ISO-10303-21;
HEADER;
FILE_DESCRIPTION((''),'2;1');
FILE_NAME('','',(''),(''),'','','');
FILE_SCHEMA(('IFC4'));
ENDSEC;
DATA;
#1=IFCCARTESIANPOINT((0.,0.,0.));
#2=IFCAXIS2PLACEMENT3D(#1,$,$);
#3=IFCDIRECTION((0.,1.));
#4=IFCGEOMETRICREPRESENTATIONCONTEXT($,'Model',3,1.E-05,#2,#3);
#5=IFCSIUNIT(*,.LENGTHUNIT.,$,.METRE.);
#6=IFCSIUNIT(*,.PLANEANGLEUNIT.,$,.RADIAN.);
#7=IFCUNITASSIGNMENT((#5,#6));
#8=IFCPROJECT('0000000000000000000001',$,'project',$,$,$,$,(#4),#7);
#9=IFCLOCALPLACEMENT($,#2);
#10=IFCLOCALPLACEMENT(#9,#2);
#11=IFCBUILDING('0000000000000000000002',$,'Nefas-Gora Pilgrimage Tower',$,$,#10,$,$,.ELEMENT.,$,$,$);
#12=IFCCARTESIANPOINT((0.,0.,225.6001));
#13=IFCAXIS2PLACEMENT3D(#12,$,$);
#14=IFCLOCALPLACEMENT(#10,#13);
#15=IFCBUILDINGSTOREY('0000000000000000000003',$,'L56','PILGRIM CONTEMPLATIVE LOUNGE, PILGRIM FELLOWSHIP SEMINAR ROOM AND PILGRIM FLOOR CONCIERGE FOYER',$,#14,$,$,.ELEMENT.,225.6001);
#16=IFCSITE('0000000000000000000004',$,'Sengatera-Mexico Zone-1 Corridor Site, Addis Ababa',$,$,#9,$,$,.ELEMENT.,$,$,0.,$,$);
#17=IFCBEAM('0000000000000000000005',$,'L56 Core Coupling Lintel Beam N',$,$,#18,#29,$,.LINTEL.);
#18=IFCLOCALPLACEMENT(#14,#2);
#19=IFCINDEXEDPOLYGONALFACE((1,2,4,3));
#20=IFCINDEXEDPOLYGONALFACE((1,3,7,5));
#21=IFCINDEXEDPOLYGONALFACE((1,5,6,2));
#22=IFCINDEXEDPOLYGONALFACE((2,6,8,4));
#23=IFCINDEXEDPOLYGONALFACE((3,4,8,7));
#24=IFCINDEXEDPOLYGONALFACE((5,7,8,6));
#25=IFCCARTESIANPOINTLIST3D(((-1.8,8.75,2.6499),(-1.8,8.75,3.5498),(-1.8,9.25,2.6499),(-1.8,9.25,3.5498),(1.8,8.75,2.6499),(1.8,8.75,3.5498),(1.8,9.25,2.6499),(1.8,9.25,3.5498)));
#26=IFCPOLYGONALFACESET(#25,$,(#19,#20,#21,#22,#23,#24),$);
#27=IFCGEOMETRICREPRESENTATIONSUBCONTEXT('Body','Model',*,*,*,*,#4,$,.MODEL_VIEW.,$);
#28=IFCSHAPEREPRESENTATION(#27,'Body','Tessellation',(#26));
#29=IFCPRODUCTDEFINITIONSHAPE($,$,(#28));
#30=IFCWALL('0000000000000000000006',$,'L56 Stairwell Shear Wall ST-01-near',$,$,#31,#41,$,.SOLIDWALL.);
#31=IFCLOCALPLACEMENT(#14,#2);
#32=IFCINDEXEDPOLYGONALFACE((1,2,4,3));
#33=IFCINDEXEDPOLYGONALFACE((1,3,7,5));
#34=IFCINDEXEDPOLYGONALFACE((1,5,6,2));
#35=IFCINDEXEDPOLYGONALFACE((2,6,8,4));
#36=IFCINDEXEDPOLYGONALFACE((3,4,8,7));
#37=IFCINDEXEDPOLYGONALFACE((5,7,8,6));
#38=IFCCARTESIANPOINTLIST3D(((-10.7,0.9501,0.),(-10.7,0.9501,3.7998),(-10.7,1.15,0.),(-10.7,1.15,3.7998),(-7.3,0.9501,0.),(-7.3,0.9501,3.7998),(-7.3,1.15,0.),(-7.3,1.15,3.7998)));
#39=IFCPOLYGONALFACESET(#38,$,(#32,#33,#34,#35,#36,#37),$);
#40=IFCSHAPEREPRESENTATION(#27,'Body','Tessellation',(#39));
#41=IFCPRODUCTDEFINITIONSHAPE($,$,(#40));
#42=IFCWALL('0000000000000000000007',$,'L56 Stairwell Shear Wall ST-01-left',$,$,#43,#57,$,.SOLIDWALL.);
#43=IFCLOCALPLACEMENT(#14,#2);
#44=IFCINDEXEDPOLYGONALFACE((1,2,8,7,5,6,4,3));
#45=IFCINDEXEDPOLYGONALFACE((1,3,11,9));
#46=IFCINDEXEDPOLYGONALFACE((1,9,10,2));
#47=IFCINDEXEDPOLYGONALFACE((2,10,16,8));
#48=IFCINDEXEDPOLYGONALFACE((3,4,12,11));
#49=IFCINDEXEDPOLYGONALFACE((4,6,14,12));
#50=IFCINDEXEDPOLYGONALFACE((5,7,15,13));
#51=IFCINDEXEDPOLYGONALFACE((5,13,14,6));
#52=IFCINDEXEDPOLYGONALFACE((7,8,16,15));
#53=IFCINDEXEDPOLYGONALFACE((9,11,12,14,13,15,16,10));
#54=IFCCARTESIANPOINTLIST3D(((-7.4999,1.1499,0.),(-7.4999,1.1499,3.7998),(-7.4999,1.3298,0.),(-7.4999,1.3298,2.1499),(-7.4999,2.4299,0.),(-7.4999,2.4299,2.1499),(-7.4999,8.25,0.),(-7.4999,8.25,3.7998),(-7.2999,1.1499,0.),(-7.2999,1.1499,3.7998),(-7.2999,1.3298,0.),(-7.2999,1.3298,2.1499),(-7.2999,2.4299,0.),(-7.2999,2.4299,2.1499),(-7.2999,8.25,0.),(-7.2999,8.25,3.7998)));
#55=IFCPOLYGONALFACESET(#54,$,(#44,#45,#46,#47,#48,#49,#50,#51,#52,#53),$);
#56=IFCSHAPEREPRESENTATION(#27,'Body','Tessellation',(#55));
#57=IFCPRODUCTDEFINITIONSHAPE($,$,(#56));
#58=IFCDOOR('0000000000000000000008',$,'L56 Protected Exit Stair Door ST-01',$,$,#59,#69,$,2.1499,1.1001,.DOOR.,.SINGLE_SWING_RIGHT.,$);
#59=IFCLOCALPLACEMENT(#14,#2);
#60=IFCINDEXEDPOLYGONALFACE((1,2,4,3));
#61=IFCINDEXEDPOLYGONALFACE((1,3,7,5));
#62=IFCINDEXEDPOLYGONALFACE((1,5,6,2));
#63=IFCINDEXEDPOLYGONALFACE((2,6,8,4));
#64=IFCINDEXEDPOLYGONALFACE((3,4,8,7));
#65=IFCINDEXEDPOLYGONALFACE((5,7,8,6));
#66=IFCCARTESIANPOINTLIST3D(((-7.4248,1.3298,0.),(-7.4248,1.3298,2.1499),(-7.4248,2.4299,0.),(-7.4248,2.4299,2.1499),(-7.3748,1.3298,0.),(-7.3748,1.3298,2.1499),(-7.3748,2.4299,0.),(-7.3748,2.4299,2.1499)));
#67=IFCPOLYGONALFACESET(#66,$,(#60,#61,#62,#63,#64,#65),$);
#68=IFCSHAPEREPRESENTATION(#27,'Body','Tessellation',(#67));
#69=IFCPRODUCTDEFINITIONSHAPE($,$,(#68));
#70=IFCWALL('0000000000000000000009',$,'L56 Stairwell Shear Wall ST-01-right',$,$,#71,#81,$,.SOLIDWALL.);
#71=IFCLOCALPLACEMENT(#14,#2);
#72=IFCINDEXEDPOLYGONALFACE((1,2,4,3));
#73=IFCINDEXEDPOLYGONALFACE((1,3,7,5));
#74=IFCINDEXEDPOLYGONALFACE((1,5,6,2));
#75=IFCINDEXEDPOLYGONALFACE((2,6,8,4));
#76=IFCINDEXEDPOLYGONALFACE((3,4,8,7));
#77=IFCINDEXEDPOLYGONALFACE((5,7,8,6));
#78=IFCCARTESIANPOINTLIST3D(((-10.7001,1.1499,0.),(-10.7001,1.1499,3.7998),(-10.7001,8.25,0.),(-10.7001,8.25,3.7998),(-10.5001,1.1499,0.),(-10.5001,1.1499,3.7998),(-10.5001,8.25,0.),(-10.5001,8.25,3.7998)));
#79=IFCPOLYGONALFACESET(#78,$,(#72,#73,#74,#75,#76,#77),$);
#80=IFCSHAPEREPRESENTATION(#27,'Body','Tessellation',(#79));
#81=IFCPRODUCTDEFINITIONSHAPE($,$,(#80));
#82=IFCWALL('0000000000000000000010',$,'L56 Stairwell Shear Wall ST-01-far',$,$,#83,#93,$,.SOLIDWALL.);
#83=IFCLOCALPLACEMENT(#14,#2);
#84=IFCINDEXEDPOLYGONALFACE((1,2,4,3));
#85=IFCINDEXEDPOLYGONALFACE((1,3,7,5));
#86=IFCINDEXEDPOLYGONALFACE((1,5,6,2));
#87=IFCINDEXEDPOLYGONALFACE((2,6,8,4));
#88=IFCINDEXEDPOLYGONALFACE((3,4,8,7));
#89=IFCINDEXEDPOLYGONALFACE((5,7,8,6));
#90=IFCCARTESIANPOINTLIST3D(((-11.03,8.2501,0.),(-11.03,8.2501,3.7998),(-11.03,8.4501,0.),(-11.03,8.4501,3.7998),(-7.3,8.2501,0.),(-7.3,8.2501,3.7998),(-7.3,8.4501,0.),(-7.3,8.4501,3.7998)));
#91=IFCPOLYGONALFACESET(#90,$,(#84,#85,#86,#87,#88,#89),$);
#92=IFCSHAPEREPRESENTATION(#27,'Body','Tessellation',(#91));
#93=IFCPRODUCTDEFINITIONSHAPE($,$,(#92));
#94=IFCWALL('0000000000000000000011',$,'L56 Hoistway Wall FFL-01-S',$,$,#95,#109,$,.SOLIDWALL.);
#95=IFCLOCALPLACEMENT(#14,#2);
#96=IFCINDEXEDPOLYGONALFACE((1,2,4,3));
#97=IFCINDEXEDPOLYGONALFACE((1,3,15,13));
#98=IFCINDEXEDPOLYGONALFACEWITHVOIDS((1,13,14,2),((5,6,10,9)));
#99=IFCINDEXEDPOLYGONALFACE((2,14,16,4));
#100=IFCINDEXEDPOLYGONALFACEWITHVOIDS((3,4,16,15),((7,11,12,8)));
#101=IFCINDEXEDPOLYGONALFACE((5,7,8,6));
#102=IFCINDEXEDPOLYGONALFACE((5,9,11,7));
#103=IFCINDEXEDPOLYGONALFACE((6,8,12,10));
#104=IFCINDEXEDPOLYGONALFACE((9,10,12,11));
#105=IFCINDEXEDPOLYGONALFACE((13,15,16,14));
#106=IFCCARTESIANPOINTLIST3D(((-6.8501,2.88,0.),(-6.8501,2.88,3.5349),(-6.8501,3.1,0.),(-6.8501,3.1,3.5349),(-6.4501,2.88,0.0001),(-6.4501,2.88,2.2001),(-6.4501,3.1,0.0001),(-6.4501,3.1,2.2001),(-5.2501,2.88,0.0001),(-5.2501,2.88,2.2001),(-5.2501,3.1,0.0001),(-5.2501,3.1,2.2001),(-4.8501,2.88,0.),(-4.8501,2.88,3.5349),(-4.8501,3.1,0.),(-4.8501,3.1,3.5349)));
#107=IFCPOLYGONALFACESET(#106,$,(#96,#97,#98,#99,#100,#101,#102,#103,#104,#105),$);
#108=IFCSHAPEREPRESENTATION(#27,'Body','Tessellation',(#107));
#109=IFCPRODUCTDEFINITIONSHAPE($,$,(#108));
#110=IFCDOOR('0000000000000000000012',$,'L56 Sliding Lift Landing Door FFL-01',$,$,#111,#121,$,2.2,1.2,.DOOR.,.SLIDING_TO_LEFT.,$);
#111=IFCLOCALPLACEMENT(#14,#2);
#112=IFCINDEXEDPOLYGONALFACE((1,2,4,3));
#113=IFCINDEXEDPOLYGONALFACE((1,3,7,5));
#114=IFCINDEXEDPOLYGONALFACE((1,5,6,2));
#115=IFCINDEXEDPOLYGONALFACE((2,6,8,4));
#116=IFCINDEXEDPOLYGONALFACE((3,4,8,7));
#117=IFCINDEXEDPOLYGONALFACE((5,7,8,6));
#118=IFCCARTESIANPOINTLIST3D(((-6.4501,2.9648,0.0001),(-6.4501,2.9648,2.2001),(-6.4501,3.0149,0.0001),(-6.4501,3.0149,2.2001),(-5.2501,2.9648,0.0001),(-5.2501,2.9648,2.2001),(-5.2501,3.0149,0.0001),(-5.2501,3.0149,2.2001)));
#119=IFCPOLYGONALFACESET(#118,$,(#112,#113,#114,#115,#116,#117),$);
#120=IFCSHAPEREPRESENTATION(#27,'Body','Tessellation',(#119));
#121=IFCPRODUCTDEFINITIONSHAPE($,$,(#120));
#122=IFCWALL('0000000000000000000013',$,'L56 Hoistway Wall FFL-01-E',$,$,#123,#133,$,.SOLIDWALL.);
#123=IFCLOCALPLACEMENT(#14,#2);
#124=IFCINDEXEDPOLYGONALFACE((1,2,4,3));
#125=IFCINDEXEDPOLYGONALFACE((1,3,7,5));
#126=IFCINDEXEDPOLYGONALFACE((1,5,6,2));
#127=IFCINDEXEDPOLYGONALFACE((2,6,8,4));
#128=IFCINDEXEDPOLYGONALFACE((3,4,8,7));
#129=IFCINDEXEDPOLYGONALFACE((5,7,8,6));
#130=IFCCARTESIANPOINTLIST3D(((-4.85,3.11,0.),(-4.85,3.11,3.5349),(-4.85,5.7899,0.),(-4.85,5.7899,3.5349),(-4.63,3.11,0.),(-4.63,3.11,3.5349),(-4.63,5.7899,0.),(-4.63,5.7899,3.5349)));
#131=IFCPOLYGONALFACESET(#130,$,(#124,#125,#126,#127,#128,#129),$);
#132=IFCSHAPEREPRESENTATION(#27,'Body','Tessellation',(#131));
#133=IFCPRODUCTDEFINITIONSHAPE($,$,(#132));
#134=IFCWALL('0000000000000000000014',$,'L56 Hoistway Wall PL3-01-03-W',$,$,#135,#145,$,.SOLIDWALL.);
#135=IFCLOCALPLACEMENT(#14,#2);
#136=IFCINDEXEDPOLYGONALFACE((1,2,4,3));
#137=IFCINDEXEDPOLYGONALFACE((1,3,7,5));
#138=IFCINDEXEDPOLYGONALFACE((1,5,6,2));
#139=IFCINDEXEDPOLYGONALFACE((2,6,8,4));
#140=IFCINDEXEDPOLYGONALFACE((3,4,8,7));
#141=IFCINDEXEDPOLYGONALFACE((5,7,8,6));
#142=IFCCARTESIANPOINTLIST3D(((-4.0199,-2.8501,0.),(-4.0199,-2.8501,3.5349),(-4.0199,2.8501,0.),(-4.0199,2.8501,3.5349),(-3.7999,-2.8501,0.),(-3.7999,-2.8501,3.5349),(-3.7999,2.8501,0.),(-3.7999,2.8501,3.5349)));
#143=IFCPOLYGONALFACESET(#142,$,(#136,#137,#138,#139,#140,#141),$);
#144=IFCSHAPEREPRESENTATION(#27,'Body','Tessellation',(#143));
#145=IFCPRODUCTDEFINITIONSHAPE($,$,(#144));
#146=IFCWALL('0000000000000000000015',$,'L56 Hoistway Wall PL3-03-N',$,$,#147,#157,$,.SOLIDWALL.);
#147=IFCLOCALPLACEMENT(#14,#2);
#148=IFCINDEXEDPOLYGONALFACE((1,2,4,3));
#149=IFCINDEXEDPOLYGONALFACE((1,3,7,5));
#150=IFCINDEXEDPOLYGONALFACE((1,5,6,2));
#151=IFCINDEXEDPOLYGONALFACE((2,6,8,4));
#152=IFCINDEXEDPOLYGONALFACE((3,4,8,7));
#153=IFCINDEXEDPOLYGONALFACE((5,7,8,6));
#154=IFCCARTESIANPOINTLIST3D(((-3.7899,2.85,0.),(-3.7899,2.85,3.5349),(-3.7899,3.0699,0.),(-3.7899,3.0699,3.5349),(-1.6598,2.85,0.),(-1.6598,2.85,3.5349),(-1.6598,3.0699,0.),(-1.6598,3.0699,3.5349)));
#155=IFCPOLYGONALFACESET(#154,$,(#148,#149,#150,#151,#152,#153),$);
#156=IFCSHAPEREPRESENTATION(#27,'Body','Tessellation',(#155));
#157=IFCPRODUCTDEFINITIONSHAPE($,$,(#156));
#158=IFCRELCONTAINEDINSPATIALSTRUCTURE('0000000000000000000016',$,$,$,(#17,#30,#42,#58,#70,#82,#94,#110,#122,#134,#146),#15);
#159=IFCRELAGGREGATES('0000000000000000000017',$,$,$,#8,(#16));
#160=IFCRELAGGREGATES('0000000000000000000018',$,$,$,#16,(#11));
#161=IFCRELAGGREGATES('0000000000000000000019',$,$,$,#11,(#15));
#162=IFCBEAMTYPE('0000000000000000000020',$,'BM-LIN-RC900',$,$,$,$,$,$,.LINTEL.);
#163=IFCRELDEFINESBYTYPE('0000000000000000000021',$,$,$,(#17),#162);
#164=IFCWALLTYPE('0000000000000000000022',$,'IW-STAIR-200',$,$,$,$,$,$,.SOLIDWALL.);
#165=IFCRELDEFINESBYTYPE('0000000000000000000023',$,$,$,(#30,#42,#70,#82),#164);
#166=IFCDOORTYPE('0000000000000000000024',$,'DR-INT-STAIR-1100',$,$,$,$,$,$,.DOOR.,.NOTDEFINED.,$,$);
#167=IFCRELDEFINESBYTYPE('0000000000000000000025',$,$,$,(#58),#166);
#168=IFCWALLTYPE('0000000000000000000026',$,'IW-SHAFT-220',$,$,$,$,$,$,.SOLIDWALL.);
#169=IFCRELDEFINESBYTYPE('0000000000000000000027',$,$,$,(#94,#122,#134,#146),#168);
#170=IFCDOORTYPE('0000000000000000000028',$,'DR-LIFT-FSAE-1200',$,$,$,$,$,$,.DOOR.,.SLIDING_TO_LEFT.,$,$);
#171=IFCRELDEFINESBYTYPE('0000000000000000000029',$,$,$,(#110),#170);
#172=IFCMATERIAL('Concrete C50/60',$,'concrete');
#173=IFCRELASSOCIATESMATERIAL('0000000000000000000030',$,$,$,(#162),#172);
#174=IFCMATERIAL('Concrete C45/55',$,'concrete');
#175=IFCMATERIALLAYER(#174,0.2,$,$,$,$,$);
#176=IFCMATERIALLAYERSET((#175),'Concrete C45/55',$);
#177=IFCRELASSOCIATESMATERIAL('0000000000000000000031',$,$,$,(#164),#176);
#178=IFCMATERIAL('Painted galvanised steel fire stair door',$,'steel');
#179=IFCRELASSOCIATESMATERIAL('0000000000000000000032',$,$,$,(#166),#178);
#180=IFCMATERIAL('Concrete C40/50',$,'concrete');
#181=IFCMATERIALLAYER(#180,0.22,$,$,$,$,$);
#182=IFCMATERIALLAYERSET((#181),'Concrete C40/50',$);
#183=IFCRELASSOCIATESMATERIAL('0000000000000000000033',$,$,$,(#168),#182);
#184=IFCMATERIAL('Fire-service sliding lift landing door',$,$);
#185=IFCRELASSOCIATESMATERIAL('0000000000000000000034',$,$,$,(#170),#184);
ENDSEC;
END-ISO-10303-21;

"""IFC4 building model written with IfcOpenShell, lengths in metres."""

from ifc_helpers import new_model, si_unit, direction, frame, frame_2d, origin, origin_2d, place, context, subcontext, project, spatial, rectangle, extrude, source, transform, mapped, material, layer, layer_set, material_profile, profile_set, type_object, element, fill, save


model = new_model("IFC4")

# Units and contexts
model_context = context("Model", 3, precision=1e-05, world=origin(), true_north=direction((0.0, 1.0)))
body_context = subcontext(model_context, "Body", "Model", "MODEL_VIEW")
ifc_project = project(units=[si_unit("LENGTHUNIT", "METRE"), si_unit("PLANEANGLEUNIT", "RADIAN")], contexts=[model_context])

# Site, building, storey
site_placement = place(None, origin())
site = spatial("IfcSite", under=ifc_project, at=site_placement, Name="Sengatera-Mexico Zone-1 Corridor Site, Addis Ababa", CompositionType="ELEMENT", RefElevation=0.0)
building_placement = place(site_placement, origin())
building = spatial("IfcBuilding", under=site, at=building_placement, Name="Nefas-Gora Pilgrimage Tower", CompositionType="ELEMENT")
storey_placement = place(building_placement, frame((0.0, 0.0, 225.6001)))
storey = spatial("IfcBuildingStorey", under=building, at=storey_placement, Name="L56", Description="PILGRIM CONTEMPLATIVE LOUNGE, PILGRIM FELLOWSHIP SEMINAR ROOM AND PILGRIM FLOOR CONCIERGE FOYER", CompositionType="ELEMENT", Elevation=225.6001)

# Beam
ifc_material_1 = material(Name="Concrete C50/60", Category="concrete")
ifc_material_profile = material_profile(ifc_material_1, rectangle(XDim=0.5, YDim=0.8999, at=origin_2d()), Name="RC 500x900")
ifc_profile_set = profile_set([ifc_material_profile], Name="Concrete C50/60")
beam_type = type_object("IfcBeamType", Name="BM-LIN-RC900", PredefinedType="LINTEL", material=ifc_profile_set)
shared_shape_1 = source(origin(), body_context, "Body", "SweptSolid", [
    extrude(rectangle(XDim=0.5, YDim=0.8999, at=origin_2d()), origin(), (0.0, 0.0, 1.0), 3.6001),
])
beam_placement = place(storey_placement, frame((-1.8, 9.0, 3.0999), z_axis=(1.0, 0.0, 0.0), x_axis=(0.0, 1.0, 0.0)))
element("IfcBeam", 1, at=beam_placement, inside=storey, type_object=beam_type, Name="L56 Core Coupling Lintel Beam N", PredefinedType="LINTEL", context=body_context, shape_type="MappedRepresentation", body=[
    mapped(shared_shape_1, transform((0.0, 0.0, 0.0), x_axis=(1.0, 0.0, 0.0), y_axis=(0.0, 1.0, 0.0), z_axis=(0.0, 0.0, 1.0), scale=1.0)),
])

# Wall
ifc_material_2 = material(Name="Concrete C45/55", Category="concrete")
ifc_layer_1 = layer(ifc_material_2, 0.2)
ifc_layer_set_1 = layer_set([ifc_layer_1], Name="Concrete C45/55")
wall_type_1 = type_object("IfcWallType", Name="IW-STAIR-200", PredefinedType="SOLIDWALL", material=ifc_layer_set_1)
shared_shape_2 = source(origin(), body_context, "Body", "SweptSolid", [
    extrude(rectangle(XDim=3.3999, YDim=0.2, at=frame_2d((1.7, 0.0))), origin(), (0.0, 0.0, 1.0), 3.7998),
])
wall_1_placement = place(storey_placement, frame((-7.3, 1.05, 0.0), z_axis=(0.0, 0.0, 1.0), x_axis=(-1.0, 0.0, 0.0)))
element("IfcWall", 2, at=wall_1_placement, inside=storey, type_object=wall_type_1, Name="L56 Stairwell Shear Wall ST-01-near", PredefinedType="SOLIDWALL", context=body_context, shape_type="MappedRepresentation", body=[
    mapped(shared_shape_2, transform((0.0, 0.0, 0.0), x_axis=(1.0, 0.0, 0.0), y_axis=(0.0, 1.0, 0.0), z_axis=(0.0, 0.0, 1.0), scale=1.0)),
])

# Wall, opening, door
shared_shape_3 = source(origin(), body_context, "Body", "SweptSolid", [
    extrude(rectangle(XDim=7.1001, YDim=0.2, at=frame_2d((3.55, 0.0))), origin(), (0.0, 0.0, 1.0), 3.7998),
])
wall_2_placement = place(storey_placement, frame((-7.3999, 1.1499, 0.0), z_axis=(0.0, 0.0, 1.0), x_axis=(0.0, 1.0, 0.0)))
wall_2 = element("IfcWall", 3, at=wall_2_placement, inside=storey, type_object=wall_type_1, Name="L56 Stairwell Shear Wall ST-01-left", PredefinedType="SOLIDWALL", context=body_context, shape_type="MappedRepresentation", body=[
    mapped(shared_shape_3, transform((0.0, 0.0, 0.0), x_axis=(1.0, 0.0, 0.0), y_axis=(0.0, 1.0, 0.0), z_axis=(0.0, 0.0, 1.0), scale=1.0)),
])
opening_1_placement = place(wall_2_placement, frame((0.1799, 0.0, 0.0)))
opening_1 = element("IfcOpeningElement", 4, at=opening_1_placement, cuts=wall_2, PredefinedType="OPENING", context=body_context, shape_type="SweptSolid", body=[
    extrude(rectangle(XDim=1.1001, YDim=2.1499, at=frame_2d((0.55, 1.075))), frame((0.0, 0.1099, 0.0), z_axis=(0.0, -1.0, 0.0), x_axis=(1.0, 0.0, 0.0)), (0.0, 0.0, 1.0), 0.22),
])
ifc_material_3 = material(Name="Painted galvanised steel fire stair door", Category="steel")
door_type_1 = type_object("IfcDoorType", Name="DR-INT-STAIR-1100", OperationType="NOTDEFINED", PredefinedType="DOOR", material=ifc_material_3)
shared_shape_4 = source(origin(), body_context, "Body", "SweptSolid", [
    extrude(rectangle(XDim=1.1001, YDim=2.1499, at=frame_2d((0.55, 1.075))), frame((0.0, 0.0249, 0.0), z_axis=(0.0, -1.0, 0.0), x_axis=(1.0, 0.0, 0.0)), (0.0, 0.0, 1.0), 0.05),
])
door_1_placement = place(opening_1_placement, origin())
door_1 = element("IfcDoor", 5, at=door_1_placement, inside=storey, type_object=door_type_1, Name="L56 Protected Exit Stair Door ST-01", OperationType="SINGLE_SWING_RIGHT", OverallHeight=2.1499, OverallWidth=1.1001, PredefinedType="DOOR", context=body_context, shape_type="MappedRepresentation", body=[
    mapped(shared_shape_4, transform((0.0, 0.0, 0.0), x_axis=(1.0, 0.0, 0.0), y_axis=(0.0, 1.0, 0.0), z_axis=(0.0, 0.0, 1.0), scale=1.0)),
])
fill(opening_1, door_1)

# Walls
wall_3_placement = place(storey_placement, frame((-10.6001, 1.1499, 0.0), z_axis=(0.0, 0.0, 1.0), x_axis=(0.0, 1.0, 0.0)))
element("IfcWall", 6, at=wall_3_placement, inside=storey, type_object=wall_type_1, Name="L56 Stairwell Shear Wall ST-01-right", PredefinedType="SOLIDWALL", context=body_context, shape_type="MappedRepresentation", body=[
    mapped(shared_shape_3, transform((0.0, 0.0, 0.0), x_axis=(1.0, 0.0, 0.0), y_axis=(0.0, 1.0, 0.0), z_axis=(0.0, 0.0, 1.0), scale=1.0)),
])
shared_shape_5 = source(origin(), body_context, "Body", "SweptSolid", [
    extrude(rectangle(XDim=3.73, YDim=0.2, at=frame_2d((1.865, 0.0))), origin(), (0.0, 0.0, 1.0), 3.7998),
])
wall_4_placement = place(storey_placement, frame((-7.3, 8.3501, 0.0), z_axis=(0.0, 0.0, 1.0), x_axis=(-1.0, 0.0, 0.0)))
element("IfcWall", 7, at=wall_4_placement, inside=storey, type_object=wall_type_1, Name="L56 Stairwell Shear Wall ST-01-far", PredefinedType="SOLIDWALL", context=body_context, shape_type="MappedRepresentation", body=[
    mapped(shared_shape_5, transform((0.0, 0.0, 0.0), x_axis=(1.0, 0.0, 0.0), y_axis=(0.0, 1.0, 0.0), z_axis=(0.0, 0.0, 1.0), scale=1.0)),
])

# Wall, opening, door
ifc_material_4 = material(Name="Concrete C40/50", Category="concrete")
ifc_layer_2 = layer(ifc_material_4, 0.22)
ifc_layer_set_2 = layer_set([ifc_layer_2], Name="Concrete C40/50")
wall_type_2 = type_object("IfcWallType", Name="IW-SHAFT-220", PredefinedType="SOLIDWALL", material=ifc_layer_set_2)
shared_shape_6 = source(origin(), body_context, "Body", "SweptSolid", [
    extrude(rectangle(XDim=2.0, YDim=0.22, at=frame_2d((1.0, 0.0))), origin(), (0.0, 0.0, 1.0), 3.5349),
])
wall_5_placement = place(storey_placement, frame((-6.8501, 2.99, 0.0), z_axis=(0.0, 0.0, 1.0), x_axis=(1.0, 0.0, 0.0)))
wall_5 = element("IfcWall", 8, at=wall_5_placement, inside=storey, type_object=wall_type_2, Name="L56 Hoistway Wall FFL-01-S", PredefinedType="SOLIDWALL", context=body_context, shape_type="MappedRepresentation", body=[
    mapped(shared_shape_6, transform((0.0, 0.0, 0.0), x_axis=(1.0, 0.0, 0.0), y_axis=(0.0, 1.0, 0.0), z_axis=(0.0, 0.0, 1.0), scale=1.0)),
])
opening_2_placement = place(wall_5_placement, frame((0.3999, 0.0, 0.0)))
opening_2 = element("IfcOpeningElement", 9, at=opening_2_placement, cuts=wall_5, PredefinedType="OPENING", context=body_context, shape_type="SweptSolid", body=[
    extrude(rectangle(XDim=1.2, YDim=2.2, at=frame_2d((0.6001, 1.1001))), frame((0.0, 0.1199, 0.0), z_axis=(0.0, -1.0, 0.0), x_axis=(1.0, 0.0, 0.0)), (0.0, 0.0, 1.0), 0.24),
])
ifc_material_5 = material(Name="Fire-service sliding lift landing door")
door_type_2 = type_object("IfcDoorType", Name="DR-LIFT-FSAE-1200", OperationType="SLIDING_TO_LEFT", PredefinedType="DOOR", material=ifc_material_5)
shared_shape_7 = source(origin(), body_context, "Body", "SweptSolid", [
    extrude(rectangle(XDim=1.2, YDim=2.2, at=frame_2d((0.6001, 1.1001))), frame((0.0, 0.0249, 0.0), z_axis=(0.0, -1.0, 0.0), x_axis=(1.0, 0.0, 0.0)), (0.0, 0.0, 1.0), 0.05),
])
door_2_placement = place(opening_2_placement, origin())
door_2 = element("IfcDoor", 10, at=door_2_placement, inside=storey, type_object=door_type_2, Name="L56 Sliding Lift Landing Door FFL-01", OperationType="SLIDING_TO_LEFT", OverallHeight=2.2, OverallWidth=1.2, PredefinedType="DOOR", context=body_context, shape_type="MappedRepresentation", body=[
    mapped(shared_shape_7, transform((0.0, 0.0, 0.0), x_axis=(1.0, 0.0, 0.0), y_axis=(0.0, 1.0, 0.0), z_axis=(0.0, 0.0, 1.0), scale=1.0)),
])
fill(opening_2, door_2)

# Walls
shared_shape_8 = source(origin(), body_context, "Body", "SweptSolid", [
    extrude(rectangle(XDim=2.6799, YDim=0.22, at=frame_2d((1.3398, 0.0))), origin(), (0.0, 0.0, 1.0), 3.5349),
])
wall_6_placement = place(storey_placement, frame((-4.74, 3.1101, 0.0), z_axis=(0.0, 0.0, 1.0), x_axis=(0.0, 1.0, 0.0)))
element("IfcWall", 11, at=wall_6_placement, inside=storey, type_object=wall_type_2, Name="L56 Hoistway Wall FFL-01-E", PredefinedType="SOLIDWALL", context=body_context, shape_type="MappedRepresentation", body=[
    mapped(shared_shape_8, transform((0.0, 0.0, 0.0), x_axis=(1.0, 0.0, 0.0), y_axis=(0.0, 1.0, 0.0), z_axis=(0.0, 0.0, 1.0), scale=1.0)),
])
shared_shape_9 = source(origin(), body_context, "Body", "SweptSolid", [
    extrude(rectangle(XDim=5.7002, YDim=0.22, at=frame_2d((2.8501, 0.0))), origin(), (0.0, 0.0, 1.0), 3.5349),
])
wall_7_placement = place(storey_placement, frame((-3.9099, 2.8501, 0.0), z_axis=(0.0, 0.0, 1.0), x_axis=(0.0, -1.0, 0.0)))
element("IfcWall", 12, at=wall_7_placement, inside=storey, type_object=wall_type_2, Name="L56 Hoistway Wall PL3-01-03-W", PredefinedType="SOLIDWALL", context=body_context, shape_type="MappedRepresentation", body=[
    mapped(shared_shape_9, transform((0.0, 0.0, 0.0), x_axis=(1.0, 0.0, 0.0), y_axis=(0.0, 1.0, 0.0), z_axis=(0.0, 0.0, 1.0), scale=1.0)),
])
shared_shape_10 = source(origin(), body_context, "Body", "SweptSolid", [
    extrude(rectangle(XDim=2.1301, YDim=0.22, at=frame_2d((1.0649, 0.0))), origin(), (0.0, 0.0, 1.0), 3.5349),
])
wall_8_placement = place(storey_placement, frame((-1.6599, 2.96, 0.0), z_axis=(0.0, 0.0, 1.0), x_axis=(-1.0, 0.0, 0.0)))
element("IfcWall", 13, at=wall_8_placement, inside=storey, type_object=wall_type_2, Name="L56 Hoistway Wall PL3-03-N", PredefinedType="SOLIDWALL", context=body_context, shape_type="MappedRepresentation", body=[
    mapped(shared_shape_10, transform((0.0, 0.0, 0.0), x_axis=(1.0, 0.0, 0.0), y_axis=(0.0, 1.0, 0.0), z_axis=(0.0, 0.0, 1.0), scale=1.0)),
])

save(model, "model.ifc")
